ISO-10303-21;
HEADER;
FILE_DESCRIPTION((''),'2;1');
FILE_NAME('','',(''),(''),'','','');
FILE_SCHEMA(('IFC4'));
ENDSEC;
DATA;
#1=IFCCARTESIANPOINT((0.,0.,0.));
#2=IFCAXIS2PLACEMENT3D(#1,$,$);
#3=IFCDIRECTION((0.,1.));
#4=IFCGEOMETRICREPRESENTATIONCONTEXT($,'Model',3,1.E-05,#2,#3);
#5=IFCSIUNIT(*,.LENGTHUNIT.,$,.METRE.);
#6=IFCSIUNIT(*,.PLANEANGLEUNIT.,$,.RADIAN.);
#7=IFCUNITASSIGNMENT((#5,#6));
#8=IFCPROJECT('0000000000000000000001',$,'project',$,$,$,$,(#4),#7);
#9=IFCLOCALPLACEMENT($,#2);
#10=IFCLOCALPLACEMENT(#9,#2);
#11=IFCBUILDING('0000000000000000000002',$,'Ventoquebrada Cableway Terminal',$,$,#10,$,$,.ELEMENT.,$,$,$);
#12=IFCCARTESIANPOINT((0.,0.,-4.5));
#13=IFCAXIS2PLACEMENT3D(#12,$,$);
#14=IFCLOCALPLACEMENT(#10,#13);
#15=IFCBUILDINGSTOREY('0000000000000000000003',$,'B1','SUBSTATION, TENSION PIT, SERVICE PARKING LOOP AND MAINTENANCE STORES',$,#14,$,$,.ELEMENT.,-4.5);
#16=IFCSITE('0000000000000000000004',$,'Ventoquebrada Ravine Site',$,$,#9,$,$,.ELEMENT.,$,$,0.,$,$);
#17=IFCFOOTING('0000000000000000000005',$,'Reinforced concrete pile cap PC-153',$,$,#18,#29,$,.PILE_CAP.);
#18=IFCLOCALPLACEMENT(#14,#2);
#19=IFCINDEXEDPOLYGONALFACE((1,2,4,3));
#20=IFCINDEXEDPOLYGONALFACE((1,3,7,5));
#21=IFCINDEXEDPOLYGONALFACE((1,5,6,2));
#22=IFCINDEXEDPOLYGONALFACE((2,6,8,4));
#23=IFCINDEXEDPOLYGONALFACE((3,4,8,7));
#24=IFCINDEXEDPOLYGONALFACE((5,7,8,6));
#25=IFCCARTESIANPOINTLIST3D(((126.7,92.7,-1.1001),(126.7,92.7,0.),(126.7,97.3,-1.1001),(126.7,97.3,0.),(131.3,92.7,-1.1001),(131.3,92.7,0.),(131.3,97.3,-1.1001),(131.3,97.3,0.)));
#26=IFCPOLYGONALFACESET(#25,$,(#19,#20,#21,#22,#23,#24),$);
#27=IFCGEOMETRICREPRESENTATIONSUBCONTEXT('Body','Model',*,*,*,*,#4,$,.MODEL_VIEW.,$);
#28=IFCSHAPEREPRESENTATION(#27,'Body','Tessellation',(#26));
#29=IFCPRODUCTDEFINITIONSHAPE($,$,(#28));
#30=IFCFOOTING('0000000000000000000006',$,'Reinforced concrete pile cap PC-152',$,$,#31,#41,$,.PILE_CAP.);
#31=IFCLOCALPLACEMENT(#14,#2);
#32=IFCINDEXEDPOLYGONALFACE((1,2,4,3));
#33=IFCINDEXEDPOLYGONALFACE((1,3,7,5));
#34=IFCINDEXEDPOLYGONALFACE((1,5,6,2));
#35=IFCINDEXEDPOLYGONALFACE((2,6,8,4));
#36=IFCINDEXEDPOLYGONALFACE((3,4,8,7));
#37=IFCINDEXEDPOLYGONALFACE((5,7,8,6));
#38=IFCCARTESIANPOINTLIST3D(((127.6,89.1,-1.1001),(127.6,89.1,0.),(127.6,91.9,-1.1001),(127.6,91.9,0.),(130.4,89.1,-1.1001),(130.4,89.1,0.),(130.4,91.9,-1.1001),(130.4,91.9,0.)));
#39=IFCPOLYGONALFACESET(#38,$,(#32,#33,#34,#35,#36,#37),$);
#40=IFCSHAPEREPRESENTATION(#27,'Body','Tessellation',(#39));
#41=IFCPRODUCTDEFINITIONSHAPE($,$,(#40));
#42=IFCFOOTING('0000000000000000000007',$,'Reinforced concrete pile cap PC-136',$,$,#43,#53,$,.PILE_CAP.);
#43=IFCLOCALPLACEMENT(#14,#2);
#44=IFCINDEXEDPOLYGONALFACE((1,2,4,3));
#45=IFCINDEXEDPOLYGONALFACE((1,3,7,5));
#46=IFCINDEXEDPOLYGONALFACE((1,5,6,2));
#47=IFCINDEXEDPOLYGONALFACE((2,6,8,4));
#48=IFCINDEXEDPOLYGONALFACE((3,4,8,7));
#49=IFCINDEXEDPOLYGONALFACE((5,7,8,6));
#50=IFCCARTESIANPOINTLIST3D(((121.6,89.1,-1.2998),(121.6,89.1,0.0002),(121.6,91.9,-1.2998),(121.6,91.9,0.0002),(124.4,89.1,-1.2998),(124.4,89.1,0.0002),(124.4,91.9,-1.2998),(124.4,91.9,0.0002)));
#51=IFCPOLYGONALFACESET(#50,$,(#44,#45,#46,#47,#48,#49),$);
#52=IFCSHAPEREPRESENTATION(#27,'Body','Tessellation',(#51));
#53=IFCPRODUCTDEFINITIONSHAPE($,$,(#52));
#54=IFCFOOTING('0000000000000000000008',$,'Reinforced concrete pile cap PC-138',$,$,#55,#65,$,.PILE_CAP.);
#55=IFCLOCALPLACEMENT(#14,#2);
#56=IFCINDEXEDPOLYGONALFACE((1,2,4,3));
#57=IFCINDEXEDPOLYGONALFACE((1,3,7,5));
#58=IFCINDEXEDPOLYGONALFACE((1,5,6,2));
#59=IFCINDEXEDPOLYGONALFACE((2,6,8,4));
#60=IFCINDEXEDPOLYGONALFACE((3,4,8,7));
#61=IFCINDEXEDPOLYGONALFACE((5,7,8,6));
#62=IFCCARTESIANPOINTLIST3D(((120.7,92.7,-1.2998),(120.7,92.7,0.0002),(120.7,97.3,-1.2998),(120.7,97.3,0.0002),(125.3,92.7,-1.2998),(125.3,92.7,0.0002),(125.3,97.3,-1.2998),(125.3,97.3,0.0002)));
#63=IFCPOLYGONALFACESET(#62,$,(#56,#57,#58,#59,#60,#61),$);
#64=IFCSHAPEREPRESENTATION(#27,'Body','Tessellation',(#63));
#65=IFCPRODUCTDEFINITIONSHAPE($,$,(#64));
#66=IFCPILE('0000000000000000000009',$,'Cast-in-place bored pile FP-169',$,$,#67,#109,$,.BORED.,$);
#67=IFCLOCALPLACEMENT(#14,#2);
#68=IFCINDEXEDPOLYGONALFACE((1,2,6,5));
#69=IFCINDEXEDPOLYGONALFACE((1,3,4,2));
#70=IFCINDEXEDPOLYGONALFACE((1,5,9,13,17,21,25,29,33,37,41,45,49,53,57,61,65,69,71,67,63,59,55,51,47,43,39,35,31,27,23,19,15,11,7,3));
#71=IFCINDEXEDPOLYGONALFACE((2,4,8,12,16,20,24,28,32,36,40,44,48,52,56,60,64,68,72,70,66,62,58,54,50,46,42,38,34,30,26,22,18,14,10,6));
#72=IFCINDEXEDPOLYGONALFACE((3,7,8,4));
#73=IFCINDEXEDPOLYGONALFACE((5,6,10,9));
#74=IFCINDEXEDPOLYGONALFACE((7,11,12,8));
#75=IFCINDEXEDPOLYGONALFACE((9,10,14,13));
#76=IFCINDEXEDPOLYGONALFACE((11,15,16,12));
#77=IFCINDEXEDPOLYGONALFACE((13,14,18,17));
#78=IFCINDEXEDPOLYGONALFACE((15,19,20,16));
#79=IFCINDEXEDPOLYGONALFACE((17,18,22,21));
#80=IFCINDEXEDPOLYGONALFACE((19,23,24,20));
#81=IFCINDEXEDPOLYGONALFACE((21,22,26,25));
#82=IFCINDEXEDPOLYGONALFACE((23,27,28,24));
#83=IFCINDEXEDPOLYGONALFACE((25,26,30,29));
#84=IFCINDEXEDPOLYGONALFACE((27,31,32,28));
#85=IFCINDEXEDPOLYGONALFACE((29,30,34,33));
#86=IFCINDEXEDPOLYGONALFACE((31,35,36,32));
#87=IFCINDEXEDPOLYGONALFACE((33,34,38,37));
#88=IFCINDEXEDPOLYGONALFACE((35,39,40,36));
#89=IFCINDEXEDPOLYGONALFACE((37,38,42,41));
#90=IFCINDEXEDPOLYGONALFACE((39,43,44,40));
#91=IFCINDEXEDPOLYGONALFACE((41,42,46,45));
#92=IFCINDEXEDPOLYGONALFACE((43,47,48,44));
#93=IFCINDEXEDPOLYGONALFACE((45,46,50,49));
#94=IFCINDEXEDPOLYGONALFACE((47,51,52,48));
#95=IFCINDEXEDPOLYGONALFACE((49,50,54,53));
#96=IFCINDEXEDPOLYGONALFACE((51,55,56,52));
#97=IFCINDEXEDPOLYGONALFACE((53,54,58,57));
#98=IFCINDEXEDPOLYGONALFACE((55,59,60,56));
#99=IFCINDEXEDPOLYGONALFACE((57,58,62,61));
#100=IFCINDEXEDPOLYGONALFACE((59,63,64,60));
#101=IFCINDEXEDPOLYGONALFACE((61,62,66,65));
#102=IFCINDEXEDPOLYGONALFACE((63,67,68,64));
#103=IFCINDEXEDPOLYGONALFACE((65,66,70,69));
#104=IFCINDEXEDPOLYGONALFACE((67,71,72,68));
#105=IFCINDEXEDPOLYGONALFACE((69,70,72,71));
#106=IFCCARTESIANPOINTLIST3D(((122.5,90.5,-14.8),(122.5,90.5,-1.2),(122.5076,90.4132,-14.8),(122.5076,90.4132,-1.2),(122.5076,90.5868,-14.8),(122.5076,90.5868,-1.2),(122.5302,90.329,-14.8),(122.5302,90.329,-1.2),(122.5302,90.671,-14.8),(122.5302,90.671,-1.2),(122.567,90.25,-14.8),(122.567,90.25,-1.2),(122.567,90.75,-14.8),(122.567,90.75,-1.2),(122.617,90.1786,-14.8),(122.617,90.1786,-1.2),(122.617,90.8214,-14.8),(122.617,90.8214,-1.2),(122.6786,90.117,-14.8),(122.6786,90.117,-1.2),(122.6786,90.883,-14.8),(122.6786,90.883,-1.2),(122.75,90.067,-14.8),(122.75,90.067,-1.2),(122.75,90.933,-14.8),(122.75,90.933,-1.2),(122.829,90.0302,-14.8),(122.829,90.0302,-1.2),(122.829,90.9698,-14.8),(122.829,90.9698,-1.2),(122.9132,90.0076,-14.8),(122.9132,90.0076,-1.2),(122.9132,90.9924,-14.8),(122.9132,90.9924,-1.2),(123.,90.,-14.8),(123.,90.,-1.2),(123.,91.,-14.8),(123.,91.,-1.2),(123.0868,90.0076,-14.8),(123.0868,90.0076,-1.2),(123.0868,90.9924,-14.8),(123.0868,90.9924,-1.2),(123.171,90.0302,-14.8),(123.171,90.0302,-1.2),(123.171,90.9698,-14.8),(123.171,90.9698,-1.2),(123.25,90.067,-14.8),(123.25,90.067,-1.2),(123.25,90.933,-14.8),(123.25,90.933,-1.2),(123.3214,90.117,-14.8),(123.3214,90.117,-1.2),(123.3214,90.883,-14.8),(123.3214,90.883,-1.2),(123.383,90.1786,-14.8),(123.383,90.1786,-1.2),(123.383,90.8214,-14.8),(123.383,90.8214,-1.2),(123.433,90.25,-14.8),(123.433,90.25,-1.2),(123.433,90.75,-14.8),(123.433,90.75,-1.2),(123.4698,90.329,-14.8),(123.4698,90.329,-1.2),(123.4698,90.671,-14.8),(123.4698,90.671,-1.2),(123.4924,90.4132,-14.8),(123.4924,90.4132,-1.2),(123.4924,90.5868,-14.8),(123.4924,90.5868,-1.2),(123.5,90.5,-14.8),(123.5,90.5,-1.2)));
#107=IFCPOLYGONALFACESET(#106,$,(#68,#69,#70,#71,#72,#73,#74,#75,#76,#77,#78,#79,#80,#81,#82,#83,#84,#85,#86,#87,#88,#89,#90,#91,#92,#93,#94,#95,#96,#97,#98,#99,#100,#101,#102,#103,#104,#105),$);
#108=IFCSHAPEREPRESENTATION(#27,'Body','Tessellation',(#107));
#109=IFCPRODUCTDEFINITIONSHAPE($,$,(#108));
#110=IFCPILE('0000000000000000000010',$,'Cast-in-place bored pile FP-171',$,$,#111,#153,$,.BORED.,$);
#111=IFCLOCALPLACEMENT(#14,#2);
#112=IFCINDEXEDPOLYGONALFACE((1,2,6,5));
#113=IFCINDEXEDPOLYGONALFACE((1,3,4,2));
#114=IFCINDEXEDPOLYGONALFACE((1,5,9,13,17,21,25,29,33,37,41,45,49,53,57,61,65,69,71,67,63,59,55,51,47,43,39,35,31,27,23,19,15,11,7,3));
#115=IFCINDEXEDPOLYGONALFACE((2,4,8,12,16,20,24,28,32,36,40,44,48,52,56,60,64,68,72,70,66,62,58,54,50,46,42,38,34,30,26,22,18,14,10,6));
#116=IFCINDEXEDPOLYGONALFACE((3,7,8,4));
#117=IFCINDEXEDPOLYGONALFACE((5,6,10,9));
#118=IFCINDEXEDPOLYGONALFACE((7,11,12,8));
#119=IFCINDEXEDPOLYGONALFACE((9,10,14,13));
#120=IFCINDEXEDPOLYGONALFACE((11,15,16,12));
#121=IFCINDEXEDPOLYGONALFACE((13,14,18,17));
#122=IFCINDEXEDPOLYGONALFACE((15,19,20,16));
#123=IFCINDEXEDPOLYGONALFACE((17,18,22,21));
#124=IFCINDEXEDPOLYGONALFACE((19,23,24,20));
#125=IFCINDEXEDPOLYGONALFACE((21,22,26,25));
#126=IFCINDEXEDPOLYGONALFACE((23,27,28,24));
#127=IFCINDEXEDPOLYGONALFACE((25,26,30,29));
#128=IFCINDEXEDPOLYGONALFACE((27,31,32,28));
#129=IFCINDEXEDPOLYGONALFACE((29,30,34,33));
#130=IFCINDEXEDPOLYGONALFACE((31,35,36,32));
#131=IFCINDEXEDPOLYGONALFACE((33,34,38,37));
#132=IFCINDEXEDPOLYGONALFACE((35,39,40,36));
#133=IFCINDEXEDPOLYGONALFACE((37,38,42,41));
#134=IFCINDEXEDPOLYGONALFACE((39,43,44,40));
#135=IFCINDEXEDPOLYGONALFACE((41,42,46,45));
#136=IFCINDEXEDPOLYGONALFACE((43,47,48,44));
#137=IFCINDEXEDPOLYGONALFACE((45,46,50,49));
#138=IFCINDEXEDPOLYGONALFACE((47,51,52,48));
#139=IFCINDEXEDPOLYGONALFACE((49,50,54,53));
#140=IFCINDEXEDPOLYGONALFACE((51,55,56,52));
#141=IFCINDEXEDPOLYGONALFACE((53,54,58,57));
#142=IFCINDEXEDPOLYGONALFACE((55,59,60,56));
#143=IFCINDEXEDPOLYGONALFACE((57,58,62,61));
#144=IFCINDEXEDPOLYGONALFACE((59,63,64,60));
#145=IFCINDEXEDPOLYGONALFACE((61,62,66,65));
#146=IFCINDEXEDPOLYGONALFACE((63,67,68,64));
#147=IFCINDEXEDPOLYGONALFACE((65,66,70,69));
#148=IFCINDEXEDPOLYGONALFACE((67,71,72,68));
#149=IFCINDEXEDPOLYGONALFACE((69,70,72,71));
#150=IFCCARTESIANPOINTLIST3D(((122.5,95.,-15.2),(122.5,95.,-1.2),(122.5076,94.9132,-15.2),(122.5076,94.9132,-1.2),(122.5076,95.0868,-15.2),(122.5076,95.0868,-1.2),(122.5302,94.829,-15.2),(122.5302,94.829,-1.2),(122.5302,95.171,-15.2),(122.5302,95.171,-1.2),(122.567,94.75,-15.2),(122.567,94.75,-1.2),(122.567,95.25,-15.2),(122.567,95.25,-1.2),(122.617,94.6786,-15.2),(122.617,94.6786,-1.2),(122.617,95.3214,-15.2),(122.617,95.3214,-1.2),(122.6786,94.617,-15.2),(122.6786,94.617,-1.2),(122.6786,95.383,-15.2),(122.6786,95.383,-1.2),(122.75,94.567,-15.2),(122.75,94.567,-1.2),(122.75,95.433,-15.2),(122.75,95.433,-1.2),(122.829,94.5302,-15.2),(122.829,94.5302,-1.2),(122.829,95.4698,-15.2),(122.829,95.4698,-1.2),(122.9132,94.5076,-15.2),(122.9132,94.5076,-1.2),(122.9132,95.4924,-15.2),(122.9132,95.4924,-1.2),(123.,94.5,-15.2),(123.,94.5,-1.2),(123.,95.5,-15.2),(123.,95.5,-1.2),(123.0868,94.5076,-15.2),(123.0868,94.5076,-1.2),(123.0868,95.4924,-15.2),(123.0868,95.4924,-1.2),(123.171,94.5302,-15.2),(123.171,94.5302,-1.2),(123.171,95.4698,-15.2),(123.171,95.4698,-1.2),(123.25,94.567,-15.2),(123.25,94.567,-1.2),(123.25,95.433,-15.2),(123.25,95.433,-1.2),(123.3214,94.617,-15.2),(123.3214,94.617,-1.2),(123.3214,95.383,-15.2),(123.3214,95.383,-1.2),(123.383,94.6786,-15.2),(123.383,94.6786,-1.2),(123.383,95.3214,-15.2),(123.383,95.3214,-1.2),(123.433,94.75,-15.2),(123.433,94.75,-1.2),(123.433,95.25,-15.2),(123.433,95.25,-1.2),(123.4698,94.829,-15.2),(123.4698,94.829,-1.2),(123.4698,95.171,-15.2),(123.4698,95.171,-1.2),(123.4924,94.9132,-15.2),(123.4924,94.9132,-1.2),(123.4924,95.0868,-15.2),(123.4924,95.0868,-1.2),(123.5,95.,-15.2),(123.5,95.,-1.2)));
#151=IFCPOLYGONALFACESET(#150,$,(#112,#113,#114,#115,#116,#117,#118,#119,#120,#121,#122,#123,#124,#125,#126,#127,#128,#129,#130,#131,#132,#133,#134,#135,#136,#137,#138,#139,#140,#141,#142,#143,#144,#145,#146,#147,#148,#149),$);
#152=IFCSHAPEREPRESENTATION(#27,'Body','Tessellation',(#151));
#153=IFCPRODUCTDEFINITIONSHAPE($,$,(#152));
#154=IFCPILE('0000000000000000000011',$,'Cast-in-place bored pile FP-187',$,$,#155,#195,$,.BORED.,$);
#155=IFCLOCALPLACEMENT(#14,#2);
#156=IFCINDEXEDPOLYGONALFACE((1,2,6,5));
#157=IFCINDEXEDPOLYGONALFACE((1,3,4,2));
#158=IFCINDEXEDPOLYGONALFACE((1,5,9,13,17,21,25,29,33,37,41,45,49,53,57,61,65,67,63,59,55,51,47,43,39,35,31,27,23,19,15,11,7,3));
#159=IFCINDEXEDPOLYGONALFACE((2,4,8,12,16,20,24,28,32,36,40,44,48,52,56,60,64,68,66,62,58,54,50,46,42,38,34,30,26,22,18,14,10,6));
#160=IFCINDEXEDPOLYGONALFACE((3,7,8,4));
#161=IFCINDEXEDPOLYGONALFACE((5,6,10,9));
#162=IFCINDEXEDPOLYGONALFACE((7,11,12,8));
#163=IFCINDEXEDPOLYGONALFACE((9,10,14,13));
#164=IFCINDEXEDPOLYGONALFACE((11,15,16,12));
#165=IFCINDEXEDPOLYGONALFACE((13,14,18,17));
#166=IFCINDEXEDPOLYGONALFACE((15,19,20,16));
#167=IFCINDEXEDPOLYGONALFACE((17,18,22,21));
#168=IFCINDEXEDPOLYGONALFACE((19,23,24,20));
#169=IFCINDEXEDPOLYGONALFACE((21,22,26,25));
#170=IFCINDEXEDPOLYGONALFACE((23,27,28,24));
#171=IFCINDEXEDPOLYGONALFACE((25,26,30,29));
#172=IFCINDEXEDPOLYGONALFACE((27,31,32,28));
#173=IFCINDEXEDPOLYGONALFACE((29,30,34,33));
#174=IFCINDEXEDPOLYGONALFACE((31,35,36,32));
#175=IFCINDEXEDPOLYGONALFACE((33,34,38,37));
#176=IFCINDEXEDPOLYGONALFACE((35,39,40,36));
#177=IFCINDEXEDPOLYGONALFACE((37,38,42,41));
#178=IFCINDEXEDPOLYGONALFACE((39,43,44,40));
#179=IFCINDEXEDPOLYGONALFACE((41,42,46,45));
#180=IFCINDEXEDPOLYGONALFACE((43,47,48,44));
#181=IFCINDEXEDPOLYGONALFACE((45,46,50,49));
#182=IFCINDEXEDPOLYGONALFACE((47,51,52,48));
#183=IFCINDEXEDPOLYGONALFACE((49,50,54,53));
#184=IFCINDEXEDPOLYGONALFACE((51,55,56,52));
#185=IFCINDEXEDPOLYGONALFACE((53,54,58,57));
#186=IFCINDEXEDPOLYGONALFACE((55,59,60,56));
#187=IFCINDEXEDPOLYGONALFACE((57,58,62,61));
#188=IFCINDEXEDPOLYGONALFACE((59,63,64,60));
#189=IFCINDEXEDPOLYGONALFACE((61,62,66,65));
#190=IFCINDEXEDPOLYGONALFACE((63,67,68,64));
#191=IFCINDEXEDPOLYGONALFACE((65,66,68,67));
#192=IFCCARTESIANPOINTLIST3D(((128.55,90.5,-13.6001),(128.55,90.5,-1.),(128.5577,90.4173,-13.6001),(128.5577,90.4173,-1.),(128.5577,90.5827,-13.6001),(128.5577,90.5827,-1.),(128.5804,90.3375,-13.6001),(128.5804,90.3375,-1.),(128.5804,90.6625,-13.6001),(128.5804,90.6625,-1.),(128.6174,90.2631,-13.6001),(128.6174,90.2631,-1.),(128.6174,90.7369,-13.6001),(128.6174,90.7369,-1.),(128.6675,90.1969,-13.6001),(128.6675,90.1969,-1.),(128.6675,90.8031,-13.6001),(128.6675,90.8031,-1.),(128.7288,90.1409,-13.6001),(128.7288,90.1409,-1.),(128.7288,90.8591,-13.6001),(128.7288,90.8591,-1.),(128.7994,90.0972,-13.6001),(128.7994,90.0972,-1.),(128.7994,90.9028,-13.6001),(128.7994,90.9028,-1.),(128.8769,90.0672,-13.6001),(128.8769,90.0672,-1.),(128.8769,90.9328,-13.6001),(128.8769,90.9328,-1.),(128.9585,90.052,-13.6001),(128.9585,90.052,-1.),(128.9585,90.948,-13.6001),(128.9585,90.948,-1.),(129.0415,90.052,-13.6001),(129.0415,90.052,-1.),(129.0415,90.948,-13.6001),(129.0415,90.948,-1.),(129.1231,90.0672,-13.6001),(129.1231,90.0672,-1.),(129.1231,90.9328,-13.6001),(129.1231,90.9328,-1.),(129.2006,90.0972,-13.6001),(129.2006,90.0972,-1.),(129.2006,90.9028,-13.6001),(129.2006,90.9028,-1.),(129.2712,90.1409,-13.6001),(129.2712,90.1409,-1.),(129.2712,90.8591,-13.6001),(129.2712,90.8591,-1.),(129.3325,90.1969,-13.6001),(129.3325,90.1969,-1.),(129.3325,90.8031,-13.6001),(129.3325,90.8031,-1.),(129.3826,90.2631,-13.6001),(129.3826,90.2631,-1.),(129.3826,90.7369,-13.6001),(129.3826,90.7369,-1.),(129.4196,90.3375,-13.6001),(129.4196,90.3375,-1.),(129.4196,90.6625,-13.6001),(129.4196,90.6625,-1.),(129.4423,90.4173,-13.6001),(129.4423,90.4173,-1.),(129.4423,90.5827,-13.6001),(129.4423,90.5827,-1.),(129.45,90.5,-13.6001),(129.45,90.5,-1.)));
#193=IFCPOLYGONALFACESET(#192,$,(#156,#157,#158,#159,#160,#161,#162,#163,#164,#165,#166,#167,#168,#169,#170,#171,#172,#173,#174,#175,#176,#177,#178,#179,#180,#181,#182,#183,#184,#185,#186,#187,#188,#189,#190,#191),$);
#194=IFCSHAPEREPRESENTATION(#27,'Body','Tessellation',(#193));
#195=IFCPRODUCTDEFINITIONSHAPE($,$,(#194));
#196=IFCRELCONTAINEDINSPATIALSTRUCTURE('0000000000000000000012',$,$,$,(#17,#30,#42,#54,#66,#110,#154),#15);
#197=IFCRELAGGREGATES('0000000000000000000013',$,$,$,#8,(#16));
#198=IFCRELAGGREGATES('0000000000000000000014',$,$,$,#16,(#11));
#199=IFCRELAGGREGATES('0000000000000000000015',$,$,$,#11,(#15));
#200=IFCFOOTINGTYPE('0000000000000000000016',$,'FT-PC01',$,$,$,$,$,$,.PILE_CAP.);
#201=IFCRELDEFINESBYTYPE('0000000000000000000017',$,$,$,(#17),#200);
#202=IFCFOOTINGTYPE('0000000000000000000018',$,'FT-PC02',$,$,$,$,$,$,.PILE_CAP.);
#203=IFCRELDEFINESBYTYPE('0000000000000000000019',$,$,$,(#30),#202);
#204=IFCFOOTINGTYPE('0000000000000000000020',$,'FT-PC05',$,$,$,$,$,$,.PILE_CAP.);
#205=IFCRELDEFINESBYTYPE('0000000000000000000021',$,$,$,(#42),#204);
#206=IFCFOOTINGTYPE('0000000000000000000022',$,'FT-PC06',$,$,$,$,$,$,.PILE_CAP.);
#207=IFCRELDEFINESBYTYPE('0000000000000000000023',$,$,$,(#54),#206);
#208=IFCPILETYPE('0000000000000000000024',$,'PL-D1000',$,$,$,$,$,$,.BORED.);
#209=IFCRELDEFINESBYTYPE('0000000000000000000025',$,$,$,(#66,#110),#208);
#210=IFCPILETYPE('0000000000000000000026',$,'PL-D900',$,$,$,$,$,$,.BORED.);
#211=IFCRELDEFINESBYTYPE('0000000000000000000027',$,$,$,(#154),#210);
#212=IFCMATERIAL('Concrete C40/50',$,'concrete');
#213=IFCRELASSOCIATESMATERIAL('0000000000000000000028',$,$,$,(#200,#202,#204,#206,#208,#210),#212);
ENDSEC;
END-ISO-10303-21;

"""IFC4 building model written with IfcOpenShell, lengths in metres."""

from ifc_helpers import new_model, si_unit, direction, frame, origin, origin_2d, place, context, subcontext, project, spatial, rectangle, circle, extrude, material, material_profile, profile_set, type_object, element, save


model = new_model("IFC4")

# Units and contexts
model_context = context("Model", 3, precision=1e-05, world=origin(), true_north=direction((0.0, 1.0)))
body_context = subcontext(model_context, "Body", "Model", "MODEL_VIEW")
ifc_project = project(units=[si_unit("LENGTHUNIT", "METRE"), si_unit("PLANEANGLEUNIT", "RADIAN")], contexts=[model_context])

# Site, building, storey
site_placement = place(None, origin())
site = spatial("IfcSite", under=ifc_project, at=site_placement, Name="Ventoquebrada Ravine Site", CompositionType="ELEMENT", RefElevation=0.0)
building_placement = place(site_placement, origin())
building = spatial("IfcBuilding", under=site, at=building_placement, Name="Ventoquebrada Cableway Terminal", CompositionType="ELEMENT")
storey_placement = place(building_placement, frame((0.0, 0.0, -4.5)))
storey = spatial("IfcBuildingStorey", under=building, at=storey_placement, Name="B1", Description="SUBSTATION, TENSION PIT, SERVICE PARKING LOOP AND MAINTENANCE STORES", CompositionType="ELEMENT", Elevation=-4.5)

# Footings
ifc_material_1 = material(Name="Concrete C40/50", Category="concrete")
footing_type_1 = type_object("IfcFootingType", Name="FT-PC01", PredefinedType="PILE_CAP", material=ifc_material_1)
footing_1_placement = place(storey_placement, frame((129.0, 95.0, -1.1001), z_axis=(0.0, 0.0, 1.0), x_axis=(1.0, 0.0, 0.0)))
element("IfcFooting", 1, at=footing_1_placement, inside=storey, type_object=footing_type_1, Name="Reinforced concrete pile cap PC-153", PredefinedType="PILE_CAP", context=body_context, shape_type="SweptSolid", body=[
    extrude(rectangle(XDim=4.6001, YDim=4.6001, at=origin_2d()), origin(), (0.0, 0.0, 1.0), 1.1001),
])
footing_type_2 = type_object("IfcFootingType", Name="FT-PC02", PredefinedType="PILE_CAP", material=ifc_material_1)
footing_2_placement = place(storey_placement, frame((129.0, 90.5, -1.1001), z_axis=(0.0, 0.0, 1.0), x_axis=(1.0, 0.0, 0.0)))
element("IfcFooting", 2, at=footing_2_placement, inside=storey, type_object=footing_type_2, Name="Reinforced concrete pile cap PC-152", PredefinedType="PILE_CAP", context=body_context, shape_type="SweptSolid", body=[
    extrude(rectangle(XDim=2.8, YDim=2.8, at=origin_2d()), origin(), (0.0, 0.0, 1.0), 1.1001),
])
footing_type_3 = type_object("IfcFootingType", Name="FT-PC05", PredefinedType="PILE_CAP", material=ifc_material_1)
footing_3_placement = place(storey_placement, frame((123.0, 90.5, -1.2998), z_axis=(0.0, 0.0, 1.0), x_axis=(1.0, 0.0, 0.0)))
element("IfcFooting", 3, at=footing_3_placement, inside=storey, type_object=footing_type_3, Name="Reinforced concrete pile cap PC-136", PredefinedType="PILE_CAP", context=body_context, shape_type="SweptSolid", body=[
    extrude(rectangle(XDim=2.8, YDim=2.8, at=origin_2d()), origin(), (0.0, 0.0, 1.0), 1.3),
])
footing_type_4 = type_object("IfcFootingType", Name="FT-PC06", PredefinedType="PILE_CAP", material=ifc_material_1)
footing_4_placement = place(storey_placement, frame((123.0, 95.0, -1.2998), z_axis=(0.0, 0.0, 1.0), x_axis=(1.0, 0.0, 0.0)))
element("IfcFooting", 4, at=footing_4_placement, inside=storey, type_object=footing_type_4, Name="Reinforced concrete pile cap PC-138", PredefinedType="PILE_CAP", context=body_context, shape_type="SweptSolid", body=[
    extrude(rectangle(XDim=4.6001, YDim=4.6001, at=origin_2d()), origin(), (0.0, 0.0, 1.0), 1.3),
])

# Piles
ifc_material_profile_1 = material_profile(ifc_material_1, circle(Radius=0.5, at=origin_2d()), Name="PILE-D1000")
ifc_profile_set_1 = profile_set([ifc_material_profile_1], Name="Concrete C40/50")
pile_type_1 = type_object("IfcPileType", Name="PL-D1000", PredefinedType="BORED", material=ifc_profile_set_1)
pile_1_placement = place(storey_placement, frame((123.0, 90.5, -1.2), z_axis=(0.0, 0.0, -1.0), x_axis=(1.0, 0.0, 0.0)))
element("IfcPile", 5, at=pile_1_placement, inside=storey, type_object=pile_type_1, Name="Cast-in-place bored pile FP-169", PredefinedType="BORED", context=body_context, shape_type="SweptSolid", body=[
    extrude(circle(Radius=0.5, at=origin_2d()), origin(), (0.0, 0.0, 1.0), 13.6001),
])
pile_2_placement = place(storey_placement, frame((123.0, 95.0, -1.2), z_axis=(0.0, 0.0, -1.0), x_axis=(1.0, 0.0, 0.0)))
element("IfcPile", 6, at=pile_2_placement, inside=storey, type_object=pile_type_1, Name="Cast-in-place bored pile FP-171", PredefinedType="BORED", context=body_context, shape_type="SweptSolid", body=[
    extrude(circle(Radius=0.5, at=origin_2d()), origin(), (0.0, 0.0, 1.0), 14.0),
])
ifc_material_profile_2 = material_profile(ifc_material_1, circle(Radius=0.45, at=origin_2d()), Name="PILE-D900")
ifc_profile_set_2 = profile_set([ifc_material_profile_2], Name="Concrete C40/50")
pile_type_2 = type_object("IfcPileType", Name="PL-D900", PredefinedType="BORED", material=ifc_profile_set_2)
pile_3_placement = place(storey_placement, frame((129.0, 90.5, -1.0), z_axis=(0.0, 0.0, -1.0), x_axis=(1.0, 0.0, 0.0)))
element("IfcPile", 7, at=pile_3_placement, inside=storey, type_object=pile_type_2, Name="Cast-in-place bored pile FP-187", PredefinedType="BORED", context=body_context, shape_type="SweptSolid", body=[
    extrude(circle(Radius=0.45, at=origin_2d()), origin(), (0.0, 0.0, 1.0), 12.6001),
])

save(model, "model.ifc")
